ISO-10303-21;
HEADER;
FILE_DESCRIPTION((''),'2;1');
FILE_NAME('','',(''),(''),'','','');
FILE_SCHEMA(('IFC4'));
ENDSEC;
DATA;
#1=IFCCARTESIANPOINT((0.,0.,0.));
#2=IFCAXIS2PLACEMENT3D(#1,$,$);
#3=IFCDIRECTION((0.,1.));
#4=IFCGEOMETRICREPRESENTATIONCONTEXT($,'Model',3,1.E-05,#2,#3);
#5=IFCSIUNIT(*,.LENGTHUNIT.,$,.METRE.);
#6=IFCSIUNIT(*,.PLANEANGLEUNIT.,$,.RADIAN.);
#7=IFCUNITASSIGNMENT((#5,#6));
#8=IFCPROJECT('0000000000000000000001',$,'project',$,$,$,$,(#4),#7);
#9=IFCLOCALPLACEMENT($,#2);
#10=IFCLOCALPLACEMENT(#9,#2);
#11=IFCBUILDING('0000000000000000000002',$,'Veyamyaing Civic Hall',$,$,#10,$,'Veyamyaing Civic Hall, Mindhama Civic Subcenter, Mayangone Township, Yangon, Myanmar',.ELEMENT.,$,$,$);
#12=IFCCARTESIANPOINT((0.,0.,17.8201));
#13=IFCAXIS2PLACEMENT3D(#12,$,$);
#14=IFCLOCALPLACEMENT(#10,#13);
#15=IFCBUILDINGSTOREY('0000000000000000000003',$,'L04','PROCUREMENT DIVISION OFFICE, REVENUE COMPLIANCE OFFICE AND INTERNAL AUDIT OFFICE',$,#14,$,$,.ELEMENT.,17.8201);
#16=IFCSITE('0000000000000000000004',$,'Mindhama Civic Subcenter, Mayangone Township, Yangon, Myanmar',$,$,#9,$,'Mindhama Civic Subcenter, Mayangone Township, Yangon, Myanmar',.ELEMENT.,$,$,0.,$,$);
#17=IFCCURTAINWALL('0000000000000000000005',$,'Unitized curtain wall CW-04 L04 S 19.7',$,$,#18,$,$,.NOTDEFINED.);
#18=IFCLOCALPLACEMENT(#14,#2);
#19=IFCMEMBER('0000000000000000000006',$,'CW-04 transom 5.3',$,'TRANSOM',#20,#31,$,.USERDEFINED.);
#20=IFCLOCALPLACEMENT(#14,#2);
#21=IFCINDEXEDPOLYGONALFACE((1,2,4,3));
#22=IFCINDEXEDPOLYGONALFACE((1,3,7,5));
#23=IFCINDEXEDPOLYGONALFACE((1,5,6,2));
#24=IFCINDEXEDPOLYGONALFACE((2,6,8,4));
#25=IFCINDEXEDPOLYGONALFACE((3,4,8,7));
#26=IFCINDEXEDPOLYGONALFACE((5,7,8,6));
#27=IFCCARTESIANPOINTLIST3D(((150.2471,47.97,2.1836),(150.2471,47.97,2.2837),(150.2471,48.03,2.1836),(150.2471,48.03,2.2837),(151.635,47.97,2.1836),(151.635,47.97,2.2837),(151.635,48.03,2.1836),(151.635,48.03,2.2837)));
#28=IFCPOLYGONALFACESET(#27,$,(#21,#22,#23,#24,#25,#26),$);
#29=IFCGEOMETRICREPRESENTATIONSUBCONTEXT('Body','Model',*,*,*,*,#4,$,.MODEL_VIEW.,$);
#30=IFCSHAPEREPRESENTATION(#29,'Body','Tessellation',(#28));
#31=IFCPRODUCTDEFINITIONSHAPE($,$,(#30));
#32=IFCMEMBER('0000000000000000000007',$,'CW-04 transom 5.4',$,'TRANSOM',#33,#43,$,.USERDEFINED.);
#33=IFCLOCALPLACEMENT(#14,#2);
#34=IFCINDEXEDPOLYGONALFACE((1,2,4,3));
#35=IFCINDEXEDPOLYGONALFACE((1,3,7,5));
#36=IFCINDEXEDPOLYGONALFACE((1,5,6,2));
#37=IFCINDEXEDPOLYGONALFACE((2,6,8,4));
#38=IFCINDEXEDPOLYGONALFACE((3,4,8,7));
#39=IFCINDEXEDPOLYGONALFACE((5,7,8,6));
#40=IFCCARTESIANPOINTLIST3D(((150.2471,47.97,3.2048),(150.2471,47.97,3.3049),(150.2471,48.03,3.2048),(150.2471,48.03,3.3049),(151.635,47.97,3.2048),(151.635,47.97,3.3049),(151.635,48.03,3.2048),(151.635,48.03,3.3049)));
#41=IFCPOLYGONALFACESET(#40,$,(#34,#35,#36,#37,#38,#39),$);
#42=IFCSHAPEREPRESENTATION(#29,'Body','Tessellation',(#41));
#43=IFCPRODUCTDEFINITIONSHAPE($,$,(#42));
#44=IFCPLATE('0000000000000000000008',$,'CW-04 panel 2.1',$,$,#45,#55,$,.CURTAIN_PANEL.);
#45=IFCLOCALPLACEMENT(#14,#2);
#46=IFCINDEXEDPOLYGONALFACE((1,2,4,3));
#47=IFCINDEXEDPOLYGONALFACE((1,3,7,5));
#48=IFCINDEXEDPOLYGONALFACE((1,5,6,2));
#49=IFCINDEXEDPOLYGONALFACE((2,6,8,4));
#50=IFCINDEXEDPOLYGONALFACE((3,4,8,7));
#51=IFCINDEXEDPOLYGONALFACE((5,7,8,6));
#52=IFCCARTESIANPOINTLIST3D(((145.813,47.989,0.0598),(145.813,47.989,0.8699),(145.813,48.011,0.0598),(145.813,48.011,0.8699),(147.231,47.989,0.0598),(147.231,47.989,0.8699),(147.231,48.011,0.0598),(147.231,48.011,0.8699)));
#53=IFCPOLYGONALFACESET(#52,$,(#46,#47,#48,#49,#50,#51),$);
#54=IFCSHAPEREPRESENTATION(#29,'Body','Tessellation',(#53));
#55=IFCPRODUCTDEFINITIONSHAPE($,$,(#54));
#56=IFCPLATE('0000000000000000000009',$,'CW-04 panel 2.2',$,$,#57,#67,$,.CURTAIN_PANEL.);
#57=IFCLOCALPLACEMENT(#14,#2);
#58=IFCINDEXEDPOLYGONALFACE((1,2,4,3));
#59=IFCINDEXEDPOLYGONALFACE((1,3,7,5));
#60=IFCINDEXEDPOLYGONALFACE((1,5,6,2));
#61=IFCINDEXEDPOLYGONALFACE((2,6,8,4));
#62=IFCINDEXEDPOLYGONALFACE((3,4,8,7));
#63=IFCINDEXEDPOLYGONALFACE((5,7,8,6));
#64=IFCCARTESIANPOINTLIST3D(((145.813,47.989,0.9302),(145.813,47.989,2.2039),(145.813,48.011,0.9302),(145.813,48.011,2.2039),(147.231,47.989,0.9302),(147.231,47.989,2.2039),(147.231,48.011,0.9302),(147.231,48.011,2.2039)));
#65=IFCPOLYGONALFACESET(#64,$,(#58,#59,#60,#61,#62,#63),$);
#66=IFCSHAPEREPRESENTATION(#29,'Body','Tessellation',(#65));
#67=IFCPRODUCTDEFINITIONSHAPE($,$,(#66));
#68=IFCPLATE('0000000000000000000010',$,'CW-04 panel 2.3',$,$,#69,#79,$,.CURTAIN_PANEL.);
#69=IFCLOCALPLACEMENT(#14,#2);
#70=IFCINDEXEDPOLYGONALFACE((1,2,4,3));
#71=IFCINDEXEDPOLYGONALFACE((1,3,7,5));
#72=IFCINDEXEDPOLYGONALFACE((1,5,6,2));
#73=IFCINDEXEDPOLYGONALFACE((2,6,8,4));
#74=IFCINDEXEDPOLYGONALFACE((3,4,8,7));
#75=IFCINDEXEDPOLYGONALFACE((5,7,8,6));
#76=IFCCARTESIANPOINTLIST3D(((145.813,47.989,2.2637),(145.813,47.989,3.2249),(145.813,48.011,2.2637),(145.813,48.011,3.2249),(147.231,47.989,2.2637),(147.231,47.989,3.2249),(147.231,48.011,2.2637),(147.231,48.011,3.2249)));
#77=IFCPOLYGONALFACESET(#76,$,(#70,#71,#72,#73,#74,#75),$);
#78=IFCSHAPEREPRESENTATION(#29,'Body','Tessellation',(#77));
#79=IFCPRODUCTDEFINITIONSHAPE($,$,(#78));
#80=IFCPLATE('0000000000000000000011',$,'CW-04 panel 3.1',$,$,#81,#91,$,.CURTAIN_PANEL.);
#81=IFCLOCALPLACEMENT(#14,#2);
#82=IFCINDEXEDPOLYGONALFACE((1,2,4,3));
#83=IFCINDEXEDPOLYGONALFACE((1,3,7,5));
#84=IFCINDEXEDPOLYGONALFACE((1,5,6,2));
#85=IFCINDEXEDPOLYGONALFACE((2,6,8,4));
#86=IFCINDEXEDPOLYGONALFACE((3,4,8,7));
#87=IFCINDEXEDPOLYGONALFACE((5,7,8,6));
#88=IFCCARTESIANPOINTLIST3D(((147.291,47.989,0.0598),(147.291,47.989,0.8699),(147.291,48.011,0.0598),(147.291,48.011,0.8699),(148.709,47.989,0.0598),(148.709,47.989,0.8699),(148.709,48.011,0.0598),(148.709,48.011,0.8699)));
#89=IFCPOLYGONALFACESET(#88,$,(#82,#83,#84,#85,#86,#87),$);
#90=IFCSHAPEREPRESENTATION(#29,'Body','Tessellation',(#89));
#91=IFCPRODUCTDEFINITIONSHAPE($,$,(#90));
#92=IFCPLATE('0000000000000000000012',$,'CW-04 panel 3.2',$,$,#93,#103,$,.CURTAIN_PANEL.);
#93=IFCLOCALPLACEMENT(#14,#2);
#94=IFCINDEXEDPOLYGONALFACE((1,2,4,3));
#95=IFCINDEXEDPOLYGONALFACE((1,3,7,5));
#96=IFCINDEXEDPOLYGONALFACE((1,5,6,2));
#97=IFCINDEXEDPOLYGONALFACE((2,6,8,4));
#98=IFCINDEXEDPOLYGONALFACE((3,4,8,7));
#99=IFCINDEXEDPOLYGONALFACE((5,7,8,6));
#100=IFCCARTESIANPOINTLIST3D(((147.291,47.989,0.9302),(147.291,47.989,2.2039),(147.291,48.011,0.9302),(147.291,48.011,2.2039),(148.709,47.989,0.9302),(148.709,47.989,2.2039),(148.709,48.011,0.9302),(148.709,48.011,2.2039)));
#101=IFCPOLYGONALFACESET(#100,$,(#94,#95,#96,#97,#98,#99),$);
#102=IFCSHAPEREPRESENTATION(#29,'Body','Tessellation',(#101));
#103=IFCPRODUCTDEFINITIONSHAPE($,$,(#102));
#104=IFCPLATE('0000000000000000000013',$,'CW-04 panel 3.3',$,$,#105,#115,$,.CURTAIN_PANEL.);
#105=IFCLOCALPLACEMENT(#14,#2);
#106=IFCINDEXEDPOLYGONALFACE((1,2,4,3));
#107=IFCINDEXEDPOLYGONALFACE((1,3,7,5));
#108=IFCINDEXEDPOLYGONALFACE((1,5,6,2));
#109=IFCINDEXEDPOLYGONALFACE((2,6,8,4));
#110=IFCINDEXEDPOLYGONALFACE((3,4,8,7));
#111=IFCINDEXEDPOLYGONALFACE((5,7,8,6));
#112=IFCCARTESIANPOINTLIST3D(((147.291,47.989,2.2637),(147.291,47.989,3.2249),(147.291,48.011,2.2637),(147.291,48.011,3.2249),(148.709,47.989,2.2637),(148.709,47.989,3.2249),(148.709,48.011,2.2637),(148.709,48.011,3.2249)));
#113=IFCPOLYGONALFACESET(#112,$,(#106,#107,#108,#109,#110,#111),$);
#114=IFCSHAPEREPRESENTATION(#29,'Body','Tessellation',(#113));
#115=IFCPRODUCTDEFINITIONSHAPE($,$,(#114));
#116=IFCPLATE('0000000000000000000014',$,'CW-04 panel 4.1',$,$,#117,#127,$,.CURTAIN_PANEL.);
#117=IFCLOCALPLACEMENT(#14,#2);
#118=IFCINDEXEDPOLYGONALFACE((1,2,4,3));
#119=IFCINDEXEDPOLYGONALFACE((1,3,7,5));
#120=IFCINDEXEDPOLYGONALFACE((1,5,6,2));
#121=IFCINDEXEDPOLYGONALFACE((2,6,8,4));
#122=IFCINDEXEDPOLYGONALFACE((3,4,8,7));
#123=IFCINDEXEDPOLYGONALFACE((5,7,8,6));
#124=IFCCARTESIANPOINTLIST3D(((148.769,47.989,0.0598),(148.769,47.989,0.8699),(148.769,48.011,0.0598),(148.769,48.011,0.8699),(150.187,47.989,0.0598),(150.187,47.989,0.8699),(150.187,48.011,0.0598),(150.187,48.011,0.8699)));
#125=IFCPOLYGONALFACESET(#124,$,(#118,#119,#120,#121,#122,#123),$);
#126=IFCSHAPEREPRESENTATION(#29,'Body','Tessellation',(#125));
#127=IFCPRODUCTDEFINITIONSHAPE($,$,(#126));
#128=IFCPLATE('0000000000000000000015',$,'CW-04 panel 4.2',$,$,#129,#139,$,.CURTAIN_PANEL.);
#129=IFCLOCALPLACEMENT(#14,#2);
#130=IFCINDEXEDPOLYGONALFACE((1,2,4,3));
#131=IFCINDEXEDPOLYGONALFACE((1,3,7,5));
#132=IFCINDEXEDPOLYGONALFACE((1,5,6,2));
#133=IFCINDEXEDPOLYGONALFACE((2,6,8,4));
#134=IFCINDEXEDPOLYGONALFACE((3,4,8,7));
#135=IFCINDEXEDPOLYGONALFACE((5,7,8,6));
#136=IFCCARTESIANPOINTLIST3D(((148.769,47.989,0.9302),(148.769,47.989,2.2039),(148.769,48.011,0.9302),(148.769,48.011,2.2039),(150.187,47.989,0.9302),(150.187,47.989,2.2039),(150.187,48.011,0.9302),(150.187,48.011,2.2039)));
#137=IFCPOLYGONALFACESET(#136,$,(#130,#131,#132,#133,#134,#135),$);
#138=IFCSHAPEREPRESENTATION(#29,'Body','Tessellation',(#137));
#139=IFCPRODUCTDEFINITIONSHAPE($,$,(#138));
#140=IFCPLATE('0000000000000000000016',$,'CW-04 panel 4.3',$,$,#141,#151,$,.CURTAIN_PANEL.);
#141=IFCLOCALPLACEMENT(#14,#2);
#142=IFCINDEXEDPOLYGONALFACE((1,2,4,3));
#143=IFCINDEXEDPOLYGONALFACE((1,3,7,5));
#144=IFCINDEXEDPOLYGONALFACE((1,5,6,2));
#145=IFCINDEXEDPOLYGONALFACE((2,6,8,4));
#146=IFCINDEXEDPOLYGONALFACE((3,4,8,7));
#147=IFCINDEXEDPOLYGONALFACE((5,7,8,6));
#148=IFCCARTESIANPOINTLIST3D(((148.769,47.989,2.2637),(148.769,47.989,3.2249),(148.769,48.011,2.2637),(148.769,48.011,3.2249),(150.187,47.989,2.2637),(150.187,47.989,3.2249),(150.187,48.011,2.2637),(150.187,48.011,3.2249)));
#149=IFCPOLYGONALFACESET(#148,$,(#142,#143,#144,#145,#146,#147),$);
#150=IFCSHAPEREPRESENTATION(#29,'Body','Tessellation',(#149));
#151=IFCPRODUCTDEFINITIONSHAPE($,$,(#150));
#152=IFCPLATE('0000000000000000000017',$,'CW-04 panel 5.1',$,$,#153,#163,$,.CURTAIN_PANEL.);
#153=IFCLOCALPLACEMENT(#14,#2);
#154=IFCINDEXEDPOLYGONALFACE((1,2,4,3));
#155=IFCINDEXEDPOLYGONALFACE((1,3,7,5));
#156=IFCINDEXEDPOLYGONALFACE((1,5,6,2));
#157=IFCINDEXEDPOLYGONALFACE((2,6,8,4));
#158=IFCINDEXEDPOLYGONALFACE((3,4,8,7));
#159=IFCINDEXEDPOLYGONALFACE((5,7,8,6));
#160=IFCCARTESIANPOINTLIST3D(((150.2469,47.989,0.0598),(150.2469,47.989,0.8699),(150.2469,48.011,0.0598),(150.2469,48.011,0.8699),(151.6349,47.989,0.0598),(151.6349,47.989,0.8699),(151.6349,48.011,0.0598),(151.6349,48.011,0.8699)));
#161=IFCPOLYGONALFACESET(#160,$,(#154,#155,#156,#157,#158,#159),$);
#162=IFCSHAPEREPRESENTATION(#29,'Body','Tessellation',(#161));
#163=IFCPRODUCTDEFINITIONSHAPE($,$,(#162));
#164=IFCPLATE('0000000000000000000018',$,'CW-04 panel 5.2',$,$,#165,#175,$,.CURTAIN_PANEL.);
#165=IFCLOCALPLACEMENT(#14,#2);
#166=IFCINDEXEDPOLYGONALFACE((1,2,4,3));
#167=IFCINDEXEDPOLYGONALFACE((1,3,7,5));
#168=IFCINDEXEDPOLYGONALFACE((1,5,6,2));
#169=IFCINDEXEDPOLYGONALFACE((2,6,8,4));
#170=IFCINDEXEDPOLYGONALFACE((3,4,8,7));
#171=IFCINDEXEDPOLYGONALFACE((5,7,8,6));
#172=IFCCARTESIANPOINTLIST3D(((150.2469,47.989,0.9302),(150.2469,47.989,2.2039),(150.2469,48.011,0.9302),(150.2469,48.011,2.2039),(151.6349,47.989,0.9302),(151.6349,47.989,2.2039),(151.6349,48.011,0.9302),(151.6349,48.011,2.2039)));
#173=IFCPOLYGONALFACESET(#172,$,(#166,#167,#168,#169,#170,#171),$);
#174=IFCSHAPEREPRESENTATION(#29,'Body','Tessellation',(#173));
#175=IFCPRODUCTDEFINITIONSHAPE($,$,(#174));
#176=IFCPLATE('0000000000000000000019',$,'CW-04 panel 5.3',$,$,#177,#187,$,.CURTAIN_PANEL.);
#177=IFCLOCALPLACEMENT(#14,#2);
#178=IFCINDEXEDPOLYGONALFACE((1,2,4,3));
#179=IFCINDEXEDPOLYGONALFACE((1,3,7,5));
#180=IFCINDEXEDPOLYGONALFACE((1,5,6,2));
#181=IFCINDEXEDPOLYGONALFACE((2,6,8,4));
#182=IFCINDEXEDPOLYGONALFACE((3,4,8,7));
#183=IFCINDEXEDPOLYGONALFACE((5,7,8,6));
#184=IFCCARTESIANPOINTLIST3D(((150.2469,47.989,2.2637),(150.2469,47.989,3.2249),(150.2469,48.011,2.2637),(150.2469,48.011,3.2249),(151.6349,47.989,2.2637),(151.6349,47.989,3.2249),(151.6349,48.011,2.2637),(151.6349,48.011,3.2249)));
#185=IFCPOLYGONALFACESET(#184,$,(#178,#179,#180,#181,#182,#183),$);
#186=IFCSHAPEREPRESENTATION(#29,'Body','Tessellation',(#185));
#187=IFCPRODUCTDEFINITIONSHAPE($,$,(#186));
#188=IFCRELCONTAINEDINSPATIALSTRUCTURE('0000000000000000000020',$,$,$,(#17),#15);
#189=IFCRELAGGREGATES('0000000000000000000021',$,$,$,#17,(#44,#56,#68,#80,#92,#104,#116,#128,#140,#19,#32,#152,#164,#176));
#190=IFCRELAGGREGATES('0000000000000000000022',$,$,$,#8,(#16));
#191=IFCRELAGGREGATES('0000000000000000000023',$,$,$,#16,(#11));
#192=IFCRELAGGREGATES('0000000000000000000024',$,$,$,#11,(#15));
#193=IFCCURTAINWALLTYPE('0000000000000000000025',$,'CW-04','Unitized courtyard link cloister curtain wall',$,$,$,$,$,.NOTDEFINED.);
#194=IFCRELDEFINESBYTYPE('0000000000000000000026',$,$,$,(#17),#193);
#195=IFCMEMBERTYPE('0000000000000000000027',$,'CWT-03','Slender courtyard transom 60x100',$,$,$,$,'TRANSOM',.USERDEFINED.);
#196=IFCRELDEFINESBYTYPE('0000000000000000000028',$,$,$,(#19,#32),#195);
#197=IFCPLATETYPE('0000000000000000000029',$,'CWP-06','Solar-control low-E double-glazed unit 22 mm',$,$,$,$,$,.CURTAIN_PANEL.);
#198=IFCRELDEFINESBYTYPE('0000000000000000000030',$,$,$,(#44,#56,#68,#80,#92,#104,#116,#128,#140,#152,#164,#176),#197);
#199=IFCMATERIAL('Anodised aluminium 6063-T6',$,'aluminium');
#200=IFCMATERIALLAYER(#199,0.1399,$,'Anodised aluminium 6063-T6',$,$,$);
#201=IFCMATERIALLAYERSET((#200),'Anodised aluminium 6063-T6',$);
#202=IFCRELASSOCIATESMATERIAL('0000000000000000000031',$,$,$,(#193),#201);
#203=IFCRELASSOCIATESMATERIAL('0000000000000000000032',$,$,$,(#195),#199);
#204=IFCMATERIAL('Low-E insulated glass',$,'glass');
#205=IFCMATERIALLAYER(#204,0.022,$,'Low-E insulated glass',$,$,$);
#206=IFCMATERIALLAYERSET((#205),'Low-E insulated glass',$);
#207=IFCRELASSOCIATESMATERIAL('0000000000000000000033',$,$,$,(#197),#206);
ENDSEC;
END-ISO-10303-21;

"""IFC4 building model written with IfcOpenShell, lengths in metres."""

from ifc_helpers import new_model, si_unit, direction, frame, origin, origin_2d, place, context, subcontext, project, spatial, rectangle, extrude, material, layer, layer_set, material_profile, profile_set, type_object, element, aggregate, save


model = new_model("IFC4")

# Units and contexts
model_context = context("Model", 3, precision=1e-05, world=origin(), true_north=direction((0.0, 1.0)))
body_context = subcontext(model_context, "Body", "Model", "MODEL_VIEW")
ifc_project = project(units=[si_unit("LENGTHUNIT", "METRE"), si_unit("PLANEANGLEUNIT", "RADIAN")], contexts=[model_context])

# Site, building, storey
site_placement = place(None, origin())
site = spatial("IfcSite", under=ifc_project, at=site_placement, Name="Mindhama Civic Subcenter, Mayangone Township, Yangon, Myanmar", LongName="Mindhama Civic Subcenter, Mayangone Township, Yangon, Myanmar", CompositionType="ELEMENT", RefElevation=0.0)
building_placement = place(site_placement, origin())
building = spatial("IfcBuilding", under=site, at=building_placement, Name="Veyamyaing Civic Hall", LongName="Veyamyaing Civic Hall, Mindhama Civic Subcenter, Mayangone Township, Yangon, Myanmar", CompositionType="ELEMENT")
storey_placement = place(building_placement, frame((0.0, 0.0, 17.8201)))
storey = spatial("IfcBuildingStorey", under=building, at=storey_placement, Name="L04", Description="PROCUREMENT DIVISION OFFICE, REVENUE COMPLIANCE OFFICE AND INTERNAL AUDIT OFFICE", CompositionType="ELEMENT", Elevation=17.8201)

# Curtain wall
ifc_material_1 = material(Name="Anodised aluminium 6063-T6", Category="aluminium")
ifc_layer_1 = layer(ifc_material_1, 0.1399, Name="Anodised aluminium 6063-T6")
ifc_layer_set_1 = layer_set([ifc_layer_1], Name="Anodised aluminium 6063-T6")
curtain_wall_type = type_object("IfcCurtainWallType", Name="CW-04", Description="Unitized courtyard link cloister curtain wall", PredefinedType="NOTDEFINED", material=ifc_layer_set_1)
curtain_wall_1_placement = place(storey_placement, origin())
curtain_wall_1 = element("IfcCurtainWall", 1, at=curtain_wall_1_placement, inside=storey, type_object=curtain_wall_type, Name="Unitized curtain wall CW-04 L04 S 19.7", PredefinedType="NOTDEFINED")

# Members
ifc_material_profile_1 = material_profile(ifc_material_1, rectangle(XDim=0.0601, YDim=0.1001, at=origin_2d()), Name="ALU-TRN-60X100")
ifc_profile_set_1 = profile_set([ifc_material_profile_1], Name="Anodised aluminium 6063-T6")
member_type_1 = type_object("IfcMemberType", Name="CWT-03", Description="Slender courtyard transom 60x100", ElementType="TRANSOM", PredefinedType="USERDEFINED", material=ifc_profile_set_1)
member_1_placement = place(storey_placement, frame((150.2471, 48.0, 2.2336), z_axis=(1.0, 0.0, 0.0), x_axis=(0.0, 1.0, 0.0)))
member_1 = element("IfcMember", 2, at=member_1_placement, type_object=member_type_1, Name="CW-04 transom 5.3", ObjectType="TRANSOM", PredefinedType="USERDEFINED", context=body_context, shape_type="SweptSolid", body=[
    extrude(rectangle(XDim=0.0601, YDim=0.1001, at=origin_2d()), origin(), (0.0, 0.0, 1.0), 1.3879),
])
member_2_placement = place(storey_placement, frame((150.2471, 48.0, 3.2549), z_axis=(1.0, 0.0, 0.0), x_axis=(0.0, 1.0, 0.0)))
member_2 = element("IfcMember", 3, at=member_2_placement, type_object=member_type_1, Name="CW-04 transom 5.4", ObjectType="TRANSOM", PredefinedType="USERDEFINED", context=body_context, shape_type="SweptSolid", body=[
    extrude(rectangle(XDim=0.0601, YDim=0.1001, at=origin_2d()), origin(), (0.0, 0.0, 1.0), 1.3879),
])

# Plates
ifc_material_2 = material(Name="Low-E insulated glass", Category="glass")
ifc_layer_2 = layer(ifc_material_2, 0.022, Name="Low-E insulated glass")
ifc_layer_set_2 = layer_set([ifc_layer_2], Name="Low-E insulated glass")
plate_type = type_object("IfcPlateType", Name="CWP-06", Description="Solar-control low-E double-glazed unit 22 mm", PredefinedType="CURTAIN_PANEL", material=ifc_layer_set_2)
plate_1_placement = place(storey_placement, frame((146.522, 48.0, 0.0598), z_axis=(0.0, 0.0, 1.0), x_axis=(1.0, 0.0, 0.0)))
plate_1 = element("IfcPlate", 4, at=plate_1_placement, type_object=plate_type, Name="CW-04 panel 2.1", PredefinedType="CURTAIN_PANEL", context=body_context, shape_type="SweptSolid", body=[
    extrude(rectangle(XDim=1.418, YDim=0.022, at=origin_2d()), origin(), (0.0, 0.0, 1.0), 0.8101),
])
plate_2_placement = place(storey_placement, frame((146.522, 48.0, 0.9302), z_axis=(0.0, 0.0, 1.0), x_axis=(1.0, 0.0, 0.0)))
plate_2 = element("IfcPlate", 5, at=plate_2_placement, type_object=plate_type, Name="CW-04 panel 2.2", PredefinedType="CURTAIN_PANEL", context=body_context, shape_type="SweptSolid", body=[
    extrude(rectangle(XDim=1.418, YDim=0.022, at=origin_2d()), origin(), (0.0, 0.0, 1.0), 1.2737),
])
plate_3_placement = place(storey_placement, frame((146.522, 48.0, 2.2637), z_axis=(0.0, 0.0, 1.0), x_axis=(1.0, 0.0, 0.0)))
plate_3 = element("IfcPlate", 6, at=plate_3_placement, type_object=plate_type, Name="CW-04 panel 2.3", PredefinedType="CURTAIN_PANEL", context=body_context, shape_type="SweptSolid", body=[
    extrude(rectangle(XDim=1.418, YDim=0.022, at=origin_2d()), origin(), (0.0, 0.0, 1.0), 0.9612),
])
plate_4_placement = place(storey_placement, frame((148.0, 48.0, 0.0598), z_axis=(0.0, 0.0, 1.0), x_axis=(1.0, 0.0, 0.0)))
plate_4 = element("IfcPlate", 7, at=plate_4_placement, type_object=plate_type, Name="CW-04 panel 3.1", PredefinedType="CURTAIN_PANEL", context=body_context, shape_type="SweptSolid", body=[
    extrude(rectangle(XDim=1.418, YDim=0.022, at=origin_2d()), origin(), (0.0, 0.0, 1.0), 0.8101),
])
plate_5_placement = place(storey_placement, frame((148.0, 48.0, 0.9302), z_axis=(0.0, 0.0, 1.0), x_axis=(1.0, 0.0, 0.0)))
plate_5 = element("IfcPlate", 8, at=plate_5_placement, type_object=plate_type, Name="CW-04 panel 3.2", PredefinedType="CURTAIN_PANEL", context=body_context, shape_type="SweptSolid", body=[
    extrude(rectangle(XDim=1.418, YDim=0.022, at=origin_2d()), origin(), (0.0, 0.0, 1.0), 1.2737),
])
plate_6_placement = place(storey_placement, frame((148.0, 48.0, 2.2637), z_axis=(0.0, 0.0, 1.0), x_axis=(1.0, 0.0, 0.0)))
plate_6 = element("IfcPlate", 9, at=plate_6_placement, type_object=plate_type, Name="CW-04 panel 3.3", PredefinedType="CURTAIN_PANEL", context=body_context, shape_type="SweptSolid", body=[
    extrude(rectangle(XDim=1.418, YDim=0.022, at=origin_2d()), origin(), (0.0, 0.0, 1.0), 0.9612),
])
plate_7_placement = place(storey_placement, frame((149.478, 48.0, 0.0598), z_axis=(0.0, 0.0, 1.0), x_axis=(1.0, 0.0, 0.0)))
plate_7 = element("IfcPlate", 10, at=plate_7_placement, type_object=plate_type, Name="CW-04 panel 4.1", PredefinedType="CURTAIN_PANEL", context=body_context, shape_type="SweptSolid", body=[
    extrude(rectangle(XDim=1.418, YDim=0.022, at=origin_2d()), origin(), (0.0, 0.0, 1.0), 0.8101),
])
plate_8_placement = place(storey_placement, frame((149.478, 48.0, 0.9302), z_axis=(0.0, 0.0, 1.0), x_axis=(1.0, 0.0, 0.0)))
plate_8 = element("IfcPlate", 11, at=plate_8_placement, type_object=plate_type, Name="CW-04 panel 4.2", PredefinedType="CURTAIN_PANEL", context=body_context, shape_type="SweptSolid", body=[
    extrude(rectangle(XDim=1.418, YDim=0.022, at=origin_2d()), origin(), (0.0, 0.0, 1.0), 1.2737),
])
plate_9_placement = place(storey_placement, frame((149.478, 48.0, 2.2637), z_axis=(0.0, 0.0, 1.0), x_axis=(1.0, 0.0, 0.0)))
plate_9 = element("IfcPlate", 12, at=plate_9_placement, type_object=plate_type, Name="CW-04 panel 4.3", PredefinedType="CURTAIN_PANEL", context=body_context, shape_type="SweptSolid", body=[
    extrude(rectangle(XDim=1.418, YDim=0.022, at=origin_2d()), origin(), (0.0, 0.0, 1.0), 0.9612),
])
plate_10_placement = place(storey_placement, frame((150.9409, 48.0, 0.0598), z_axis=(0.0, 0.0, 1.0), x_axis=(1.0, 0.0, 0.0)))
plate_10 = element("IfcPlate", 13, at=plate_10_placement, type_object=plate_type, Name="CW-04 panel 5.1", PredefinedType="CURTAIN_PANEL", context=body_context, shape_type="SweptSolid", body=[
    extrude(rectangle(XDim=1.3879, YDim=0.022, at=origin_2d()), origin(), (0.0, 0.0, 1.0), 0.8101),
])
plate_11_placement = place(storey_placement, frame((150.9409, 48.0, 0.9302), z_axis=(0.0, 0.0, 1.0), x_axis=(1.0, 0.0, 0.0)))
plate_11 = element("IfcPlate", 14, at=plate_11_placement, type_object=plate_type, Name="CW-04 panel 5.2", PredefinedType="CURTAIN_PANEL", context=body_context, shape_type="SweptSolid", body=[
    extrude(rectangle(XDim=1.3879, YDim=0.022, at=origin_2d()), origin(), (0.0, 0.0, 1.0), 1.2737),
])
plate_12_placement = place(storey_placement, frame((150.9409, 48.0, 2.2637), z_axis=(0.0, 0.0, 1.0), x_axis=(1.0, 0.0, 0.0)))
plate_12 = element("IfcPlate", 15, at=plate_12_placement, type_object=plate_type, Name="CW-04 panel 5.3", PredefinedType="CURTAIN_PANEL", context=body_context, shape_type="SweptSolid", body=[
    extrude(rectangle(XDim=1.3879, YDim=0.022, at=origin_2d()), origin(), (0.0, 0.0, 1.0), 0.9612),
])
aggregate(curtain_wall_1, [plate_1, plate_2, plate_3, plate_4, plate_5, plate_6, plate_7, plate_8, plate_9, member_1, member_2, plate_10, plate_11, plate_12])

save(model, "model.ifc")
